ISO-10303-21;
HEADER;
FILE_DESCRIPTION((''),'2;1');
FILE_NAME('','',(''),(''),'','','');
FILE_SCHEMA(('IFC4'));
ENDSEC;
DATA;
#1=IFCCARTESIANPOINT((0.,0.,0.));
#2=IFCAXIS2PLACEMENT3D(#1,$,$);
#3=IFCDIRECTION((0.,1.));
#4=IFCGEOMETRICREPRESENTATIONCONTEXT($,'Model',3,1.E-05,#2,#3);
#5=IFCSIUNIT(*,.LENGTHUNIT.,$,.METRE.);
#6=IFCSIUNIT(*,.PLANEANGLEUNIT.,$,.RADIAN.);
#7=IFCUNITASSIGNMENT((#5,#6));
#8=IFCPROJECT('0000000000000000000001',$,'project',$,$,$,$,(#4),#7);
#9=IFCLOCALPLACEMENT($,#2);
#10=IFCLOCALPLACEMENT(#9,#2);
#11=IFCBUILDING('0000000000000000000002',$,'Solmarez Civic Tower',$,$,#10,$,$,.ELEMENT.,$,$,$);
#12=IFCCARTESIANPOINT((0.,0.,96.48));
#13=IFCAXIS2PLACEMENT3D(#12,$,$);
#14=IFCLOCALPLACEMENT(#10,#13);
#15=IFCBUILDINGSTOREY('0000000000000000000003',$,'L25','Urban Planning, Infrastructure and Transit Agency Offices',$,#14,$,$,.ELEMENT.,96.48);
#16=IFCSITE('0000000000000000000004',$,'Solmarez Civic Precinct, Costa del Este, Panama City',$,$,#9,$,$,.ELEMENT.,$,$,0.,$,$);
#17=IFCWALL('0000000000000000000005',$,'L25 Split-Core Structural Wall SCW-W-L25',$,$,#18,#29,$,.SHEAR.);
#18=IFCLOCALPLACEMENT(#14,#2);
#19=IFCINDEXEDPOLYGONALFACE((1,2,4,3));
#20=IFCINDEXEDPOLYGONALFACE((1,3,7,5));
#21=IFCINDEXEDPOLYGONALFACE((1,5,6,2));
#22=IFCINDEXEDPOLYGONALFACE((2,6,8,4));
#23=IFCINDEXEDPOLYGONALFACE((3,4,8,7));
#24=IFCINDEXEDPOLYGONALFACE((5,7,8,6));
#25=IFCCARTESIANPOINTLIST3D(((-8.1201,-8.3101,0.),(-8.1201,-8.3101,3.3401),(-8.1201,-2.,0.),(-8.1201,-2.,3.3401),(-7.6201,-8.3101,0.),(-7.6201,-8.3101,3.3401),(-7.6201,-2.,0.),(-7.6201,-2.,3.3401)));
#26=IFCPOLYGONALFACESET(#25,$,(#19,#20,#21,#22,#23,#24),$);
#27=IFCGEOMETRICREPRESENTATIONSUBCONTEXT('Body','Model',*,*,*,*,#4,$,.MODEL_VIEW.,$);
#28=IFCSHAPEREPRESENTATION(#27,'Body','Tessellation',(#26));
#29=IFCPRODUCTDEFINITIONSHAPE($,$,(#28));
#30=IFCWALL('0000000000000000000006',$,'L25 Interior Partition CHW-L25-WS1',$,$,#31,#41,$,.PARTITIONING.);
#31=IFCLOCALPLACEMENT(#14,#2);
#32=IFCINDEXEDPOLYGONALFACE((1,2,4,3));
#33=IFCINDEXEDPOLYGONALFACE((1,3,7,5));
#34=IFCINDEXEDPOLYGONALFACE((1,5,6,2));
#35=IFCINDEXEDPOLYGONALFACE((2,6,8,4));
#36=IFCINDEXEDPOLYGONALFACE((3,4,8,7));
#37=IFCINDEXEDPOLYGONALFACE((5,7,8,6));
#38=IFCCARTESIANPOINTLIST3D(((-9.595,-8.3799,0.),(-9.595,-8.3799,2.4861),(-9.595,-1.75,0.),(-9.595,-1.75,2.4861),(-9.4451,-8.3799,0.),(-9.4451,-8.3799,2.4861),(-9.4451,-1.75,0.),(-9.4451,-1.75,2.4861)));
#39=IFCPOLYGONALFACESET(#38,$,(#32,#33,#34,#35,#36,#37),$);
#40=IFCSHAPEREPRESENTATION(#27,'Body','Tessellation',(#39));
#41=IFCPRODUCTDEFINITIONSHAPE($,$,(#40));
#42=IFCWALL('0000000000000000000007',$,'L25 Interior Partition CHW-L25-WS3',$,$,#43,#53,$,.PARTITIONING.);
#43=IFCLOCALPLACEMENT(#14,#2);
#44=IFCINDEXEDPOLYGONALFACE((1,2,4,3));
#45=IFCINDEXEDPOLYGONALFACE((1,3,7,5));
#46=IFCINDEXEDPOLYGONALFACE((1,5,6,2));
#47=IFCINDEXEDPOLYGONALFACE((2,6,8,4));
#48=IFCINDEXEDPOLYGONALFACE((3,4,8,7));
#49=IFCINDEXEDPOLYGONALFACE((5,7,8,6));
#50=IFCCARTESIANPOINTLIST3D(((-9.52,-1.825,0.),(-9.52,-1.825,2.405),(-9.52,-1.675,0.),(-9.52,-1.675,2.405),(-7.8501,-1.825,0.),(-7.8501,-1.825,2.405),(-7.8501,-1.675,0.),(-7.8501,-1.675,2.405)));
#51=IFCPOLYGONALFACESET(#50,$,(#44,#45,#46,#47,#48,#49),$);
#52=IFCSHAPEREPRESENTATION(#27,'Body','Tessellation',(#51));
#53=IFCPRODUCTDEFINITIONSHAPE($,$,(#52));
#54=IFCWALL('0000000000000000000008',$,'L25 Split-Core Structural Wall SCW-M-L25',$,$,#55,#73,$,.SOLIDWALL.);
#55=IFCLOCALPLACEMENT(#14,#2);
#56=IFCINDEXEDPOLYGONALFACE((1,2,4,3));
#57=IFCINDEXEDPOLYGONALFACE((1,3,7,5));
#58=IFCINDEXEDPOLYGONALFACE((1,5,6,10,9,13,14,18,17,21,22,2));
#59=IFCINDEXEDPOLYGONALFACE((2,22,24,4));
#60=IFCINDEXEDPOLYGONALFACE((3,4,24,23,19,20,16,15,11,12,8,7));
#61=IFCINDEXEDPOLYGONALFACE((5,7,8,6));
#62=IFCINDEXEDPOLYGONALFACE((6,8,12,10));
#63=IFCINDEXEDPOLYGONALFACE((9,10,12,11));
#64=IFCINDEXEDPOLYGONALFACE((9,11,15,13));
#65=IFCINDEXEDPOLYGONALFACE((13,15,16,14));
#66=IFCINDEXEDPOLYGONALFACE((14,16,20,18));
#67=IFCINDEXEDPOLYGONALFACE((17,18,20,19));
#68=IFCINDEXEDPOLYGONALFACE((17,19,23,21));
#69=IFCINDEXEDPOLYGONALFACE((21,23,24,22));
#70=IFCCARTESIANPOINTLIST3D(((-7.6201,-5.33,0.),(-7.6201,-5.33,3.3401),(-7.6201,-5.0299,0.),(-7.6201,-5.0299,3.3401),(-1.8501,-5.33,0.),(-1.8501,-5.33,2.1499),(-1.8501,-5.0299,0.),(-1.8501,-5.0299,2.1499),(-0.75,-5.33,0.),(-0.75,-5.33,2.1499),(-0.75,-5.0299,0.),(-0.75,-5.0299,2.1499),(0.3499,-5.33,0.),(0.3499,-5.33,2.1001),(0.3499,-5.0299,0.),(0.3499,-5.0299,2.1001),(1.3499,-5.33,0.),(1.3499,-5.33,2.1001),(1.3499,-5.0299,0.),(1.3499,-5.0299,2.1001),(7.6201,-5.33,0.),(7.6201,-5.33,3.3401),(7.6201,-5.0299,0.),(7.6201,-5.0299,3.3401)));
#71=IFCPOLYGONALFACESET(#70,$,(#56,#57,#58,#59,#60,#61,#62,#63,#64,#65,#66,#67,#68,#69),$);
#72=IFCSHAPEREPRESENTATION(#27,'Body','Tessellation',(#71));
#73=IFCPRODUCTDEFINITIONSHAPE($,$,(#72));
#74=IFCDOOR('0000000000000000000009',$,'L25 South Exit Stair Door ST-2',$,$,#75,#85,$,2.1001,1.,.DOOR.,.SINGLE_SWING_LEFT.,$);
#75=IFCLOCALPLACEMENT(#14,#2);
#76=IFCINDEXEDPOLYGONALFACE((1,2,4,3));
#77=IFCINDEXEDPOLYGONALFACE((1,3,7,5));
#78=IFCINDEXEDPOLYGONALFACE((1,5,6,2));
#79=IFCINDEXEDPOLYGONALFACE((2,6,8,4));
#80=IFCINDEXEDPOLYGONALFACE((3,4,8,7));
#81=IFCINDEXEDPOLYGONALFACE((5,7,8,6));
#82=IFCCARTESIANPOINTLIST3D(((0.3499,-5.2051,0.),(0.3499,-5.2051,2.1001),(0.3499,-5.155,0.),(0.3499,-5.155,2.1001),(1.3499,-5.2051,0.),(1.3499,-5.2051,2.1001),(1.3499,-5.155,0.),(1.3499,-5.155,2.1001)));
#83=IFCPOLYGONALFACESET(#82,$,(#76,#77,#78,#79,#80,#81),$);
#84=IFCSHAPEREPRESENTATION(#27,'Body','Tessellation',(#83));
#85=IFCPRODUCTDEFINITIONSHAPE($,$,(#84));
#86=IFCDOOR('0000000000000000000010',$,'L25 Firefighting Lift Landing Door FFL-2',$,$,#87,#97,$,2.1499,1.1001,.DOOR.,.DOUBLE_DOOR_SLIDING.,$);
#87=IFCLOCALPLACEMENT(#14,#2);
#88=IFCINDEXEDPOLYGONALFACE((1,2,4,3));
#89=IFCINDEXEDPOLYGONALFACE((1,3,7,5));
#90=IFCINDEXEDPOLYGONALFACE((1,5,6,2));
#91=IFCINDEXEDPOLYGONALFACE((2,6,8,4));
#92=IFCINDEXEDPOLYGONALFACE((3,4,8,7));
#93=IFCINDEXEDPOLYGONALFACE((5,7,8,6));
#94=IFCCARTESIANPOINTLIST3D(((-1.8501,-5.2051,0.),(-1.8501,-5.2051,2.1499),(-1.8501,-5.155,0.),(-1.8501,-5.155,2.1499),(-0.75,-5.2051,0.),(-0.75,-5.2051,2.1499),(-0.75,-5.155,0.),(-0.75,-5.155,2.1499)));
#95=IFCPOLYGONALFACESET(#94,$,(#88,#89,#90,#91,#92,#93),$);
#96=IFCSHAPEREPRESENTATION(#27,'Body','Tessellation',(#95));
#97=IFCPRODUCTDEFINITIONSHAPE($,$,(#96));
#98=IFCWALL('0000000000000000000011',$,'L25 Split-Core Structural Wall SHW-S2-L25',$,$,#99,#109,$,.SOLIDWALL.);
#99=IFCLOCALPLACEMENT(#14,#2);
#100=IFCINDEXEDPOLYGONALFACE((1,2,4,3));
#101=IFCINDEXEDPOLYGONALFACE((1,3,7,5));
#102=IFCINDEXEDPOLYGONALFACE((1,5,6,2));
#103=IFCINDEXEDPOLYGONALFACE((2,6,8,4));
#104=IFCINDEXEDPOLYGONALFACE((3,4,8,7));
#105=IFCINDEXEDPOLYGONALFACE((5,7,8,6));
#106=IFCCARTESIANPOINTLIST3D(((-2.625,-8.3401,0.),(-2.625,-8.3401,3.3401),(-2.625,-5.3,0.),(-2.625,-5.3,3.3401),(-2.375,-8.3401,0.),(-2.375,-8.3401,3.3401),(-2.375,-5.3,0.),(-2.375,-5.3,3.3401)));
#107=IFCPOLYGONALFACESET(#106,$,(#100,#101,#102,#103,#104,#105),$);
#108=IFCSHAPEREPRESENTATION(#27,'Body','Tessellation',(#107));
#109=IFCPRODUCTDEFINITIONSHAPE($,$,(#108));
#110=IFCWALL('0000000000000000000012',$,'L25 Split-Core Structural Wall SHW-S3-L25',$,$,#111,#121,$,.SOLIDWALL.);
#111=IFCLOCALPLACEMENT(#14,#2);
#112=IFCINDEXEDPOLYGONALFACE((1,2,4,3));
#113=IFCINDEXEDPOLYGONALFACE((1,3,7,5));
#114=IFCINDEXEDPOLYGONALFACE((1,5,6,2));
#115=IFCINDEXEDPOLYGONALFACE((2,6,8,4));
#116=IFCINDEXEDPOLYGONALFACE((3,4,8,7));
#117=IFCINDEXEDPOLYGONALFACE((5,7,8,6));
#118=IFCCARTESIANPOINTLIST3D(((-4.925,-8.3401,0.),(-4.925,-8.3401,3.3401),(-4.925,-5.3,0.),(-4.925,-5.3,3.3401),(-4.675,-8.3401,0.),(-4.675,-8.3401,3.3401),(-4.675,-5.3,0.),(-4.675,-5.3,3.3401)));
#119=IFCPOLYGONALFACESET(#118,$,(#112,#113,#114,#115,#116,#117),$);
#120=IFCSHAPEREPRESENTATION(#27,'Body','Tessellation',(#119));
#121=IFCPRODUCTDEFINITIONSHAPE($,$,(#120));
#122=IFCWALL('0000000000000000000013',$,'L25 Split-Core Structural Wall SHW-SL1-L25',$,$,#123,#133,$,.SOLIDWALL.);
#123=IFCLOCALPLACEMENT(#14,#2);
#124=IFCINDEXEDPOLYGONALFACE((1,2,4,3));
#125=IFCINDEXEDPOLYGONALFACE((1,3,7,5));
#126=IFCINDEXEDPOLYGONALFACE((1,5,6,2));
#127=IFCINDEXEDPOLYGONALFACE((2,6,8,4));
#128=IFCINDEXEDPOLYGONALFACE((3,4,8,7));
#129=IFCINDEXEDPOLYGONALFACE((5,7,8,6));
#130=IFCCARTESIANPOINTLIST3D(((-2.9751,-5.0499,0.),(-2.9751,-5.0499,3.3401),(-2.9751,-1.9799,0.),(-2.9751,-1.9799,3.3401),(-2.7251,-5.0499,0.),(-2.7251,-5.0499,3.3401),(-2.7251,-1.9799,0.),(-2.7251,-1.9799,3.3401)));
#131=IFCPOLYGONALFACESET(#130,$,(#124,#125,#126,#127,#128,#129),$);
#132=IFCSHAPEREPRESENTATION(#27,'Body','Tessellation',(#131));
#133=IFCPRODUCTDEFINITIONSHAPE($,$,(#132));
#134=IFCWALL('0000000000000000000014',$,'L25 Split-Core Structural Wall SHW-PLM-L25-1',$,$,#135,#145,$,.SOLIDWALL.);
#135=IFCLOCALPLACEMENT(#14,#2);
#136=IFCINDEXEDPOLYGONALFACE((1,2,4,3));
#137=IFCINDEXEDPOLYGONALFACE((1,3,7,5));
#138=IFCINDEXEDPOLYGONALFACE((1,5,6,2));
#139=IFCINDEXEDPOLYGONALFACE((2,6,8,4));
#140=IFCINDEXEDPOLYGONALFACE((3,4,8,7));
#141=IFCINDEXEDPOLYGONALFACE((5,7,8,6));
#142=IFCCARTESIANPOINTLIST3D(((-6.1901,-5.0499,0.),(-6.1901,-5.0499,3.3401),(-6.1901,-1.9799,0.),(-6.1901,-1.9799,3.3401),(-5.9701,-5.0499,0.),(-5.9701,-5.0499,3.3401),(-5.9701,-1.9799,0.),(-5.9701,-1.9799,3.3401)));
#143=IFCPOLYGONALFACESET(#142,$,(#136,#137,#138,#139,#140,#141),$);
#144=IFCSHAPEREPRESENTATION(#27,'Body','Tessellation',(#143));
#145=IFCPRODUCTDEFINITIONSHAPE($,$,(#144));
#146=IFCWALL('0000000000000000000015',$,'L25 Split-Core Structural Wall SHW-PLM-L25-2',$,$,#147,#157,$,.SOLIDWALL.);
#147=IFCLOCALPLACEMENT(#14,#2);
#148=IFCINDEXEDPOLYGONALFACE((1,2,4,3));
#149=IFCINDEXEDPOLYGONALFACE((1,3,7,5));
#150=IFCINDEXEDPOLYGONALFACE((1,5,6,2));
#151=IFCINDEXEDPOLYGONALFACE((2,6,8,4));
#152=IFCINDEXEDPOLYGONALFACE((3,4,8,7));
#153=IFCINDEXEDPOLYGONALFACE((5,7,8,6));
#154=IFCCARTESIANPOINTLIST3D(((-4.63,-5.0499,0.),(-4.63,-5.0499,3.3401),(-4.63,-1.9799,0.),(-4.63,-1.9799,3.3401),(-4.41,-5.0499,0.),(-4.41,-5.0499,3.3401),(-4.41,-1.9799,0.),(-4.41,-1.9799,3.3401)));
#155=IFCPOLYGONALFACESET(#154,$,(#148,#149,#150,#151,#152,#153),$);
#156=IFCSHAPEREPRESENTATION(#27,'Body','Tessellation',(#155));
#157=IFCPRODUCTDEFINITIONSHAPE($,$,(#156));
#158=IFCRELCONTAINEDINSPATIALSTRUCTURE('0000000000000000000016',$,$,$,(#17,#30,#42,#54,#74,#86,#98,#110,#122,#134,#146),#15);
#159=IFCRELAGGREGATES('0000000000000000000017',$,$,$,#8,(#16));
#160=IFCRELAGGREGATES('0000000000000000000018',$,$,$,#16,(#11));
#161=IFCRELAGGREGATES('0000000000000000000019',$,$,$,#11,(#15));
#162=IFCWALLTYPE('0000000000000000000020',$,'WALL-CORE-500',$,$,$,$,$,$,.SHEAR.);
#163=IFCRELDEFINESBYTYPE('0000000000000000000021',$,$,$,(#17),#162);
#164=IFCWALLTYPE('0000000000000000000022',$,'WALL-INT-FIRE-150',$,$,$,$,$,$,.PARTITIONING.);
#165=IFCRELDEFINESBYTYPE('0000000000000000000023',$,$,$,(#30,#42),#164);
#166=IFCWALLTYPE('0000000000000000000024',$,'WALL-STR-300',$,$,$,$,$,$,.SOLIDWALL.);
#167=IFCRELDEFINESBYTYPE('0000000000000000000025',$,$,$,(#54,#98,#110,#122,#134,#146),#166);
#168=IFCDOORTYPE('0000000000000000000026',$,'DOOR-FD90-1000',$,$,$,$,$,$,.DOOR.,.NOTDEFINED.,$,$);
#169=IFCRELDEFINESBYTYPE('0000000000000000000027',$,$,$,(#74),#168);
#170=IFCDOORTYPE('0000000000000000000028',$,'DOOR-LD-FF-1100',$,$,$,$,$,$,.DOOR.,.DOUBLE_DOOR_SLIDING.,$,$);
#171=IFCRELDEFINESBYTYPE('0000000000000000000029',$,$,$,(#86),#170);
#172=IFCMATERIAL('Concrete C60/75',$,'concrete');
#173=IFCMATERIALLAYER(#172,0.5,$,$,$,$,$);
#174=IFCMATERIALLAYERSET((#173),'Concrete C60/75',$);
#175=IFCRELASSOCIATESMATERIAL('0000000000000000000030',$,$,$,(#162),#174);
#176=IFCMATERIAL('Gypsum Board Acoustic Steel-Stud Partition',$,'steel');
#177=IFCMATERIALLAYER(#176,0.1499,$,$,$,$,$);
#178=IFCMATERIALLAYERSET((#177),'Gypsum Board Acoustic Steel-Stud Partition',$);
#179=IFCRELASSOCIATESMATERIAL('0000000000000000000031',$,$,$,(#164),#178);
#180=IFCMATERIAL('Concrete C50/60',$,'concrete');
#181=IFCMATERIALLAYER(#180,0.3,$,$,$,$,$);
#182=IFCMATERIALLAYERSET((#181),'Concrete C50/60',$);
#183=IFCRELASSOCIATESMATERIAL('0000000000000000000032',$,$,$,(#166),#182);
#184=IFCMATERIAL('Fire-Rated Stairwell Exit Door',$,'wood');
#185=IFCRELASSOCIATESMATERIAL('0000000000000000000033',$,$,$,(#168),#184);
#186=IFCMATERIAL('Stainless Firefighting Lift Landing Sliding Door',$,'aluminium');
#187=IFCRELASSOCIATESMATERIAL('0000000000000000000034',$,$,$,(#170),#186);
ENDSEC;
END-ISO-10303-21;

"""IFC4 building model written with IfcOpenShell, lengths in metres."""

from ifc_helpers import new_model, si_unit, direction, frame, frame_2d, origin, place, context, subcontext, project, spatial, rectangle, extrude, material, layer, layer_set, type_object, element, fill, save


model = new_model("IFC4")

# Units and contexts
model_context = context("Model", 3, precision=1e-05, world=origin(), true_north=direction((0.0, 1.0)))
body_context = subcontext(model_context, "Body", "Model", "MODEL_VIEW")
ifc_project = project(units=[si_unit("LENGTHUNIT", "METRE"), si_unit("PLANEANGLEUNIT", "RADIAN")], contexts=[model_context])

# Site, building, storey
site_placement = place(None, origin())
site = spatial("IfcSite", under=ifc_project, at=site_placement, Name="Solmarez Civic Precinct, Costa del Este, Panama City", CompositionType="ELEMENT", RefElevation=0.0)
building_placement = place(site_placement, origin())
building = spatial("IfcBuilding", under=site, at=building_placement, Name="Solmarez Civic Tower", CompositionType="ELEMENT")
storey_placement = place(building_placement, frame((0.0, 0.0, 96.48)))
storey = spatial("IfcBuildingStorey", under=building, at=storey_placement, Name="L25", Description="Urban Planning, Infrastructure and Transit Agency Offices", CompositionType="ELEMENT", Elevation=96.48)

# Shared definitions
ifc_material_1 = material(Name="Concrete C60/75", Category="concrete")

# Shared definitions
ifc_layer_1 = layer(ifc_material_1, 0.5)
ifc_layer_set_1 = layer_set([ifc_layer_1], Name="Concrete C60/75")
wall_type_1 = type_object("IfcWallType", Name="WALL-CORE-500", PredefinedType="SHEAR", material=ifc_layer_set_1)

# Walls
wall_1_placement = place(storey_placement, frame((-7.8701, -8.3101, 0.0), z_axis=(0.0, 0.0, 1.0), x_axis=(0.0, 1.0, 0.0)))
element("IfcWall", 1, at=wall_1_placement, inside=storey, type_object=wall_type_1, Name="L25 Split-Core Structural Wall SCW-W-L25", PredefinedType="SHEAR", context=body_context, shape_type="SweptSolid", body=[
    extrude(rectangle(XDim=6.3101, YDim=0.5, at=frame_2d((3.155, 0.0))), origin(), (0.0, 0.0, 1.0), 3.3401),
])
ifc_material_2 = material(Name="Gypsum Board Acoustic Steel-Stud Partition", Category="steel")
ifc_layer_2 = layer(ifc_material_2, 0.1499)
ifc_layer_set_2 = layer_set([ifc_layer_2], Name="Gypsum Board Acoustic Steel-Stud Partition")
wall_type_2 = type_object("IfcWallType", Name="WALL-INT-FIRE-150", PredefinedType="PARTITIONING", material=ifc_layer_set_2)
wall_2_placement = place(storey_placement, frame((-9.52, -8.3799, 0.0), z_axis=(0.0, 0.0, 1.0), x_axis=(0.0, 1.0, 0.0)))
element("IfcWall", 2, at=wall_2_placement, inside=storey, type_object=wall_type_2, Name="L25 Interior Partition CHW-L25-WS1", PredefinedType="PARTITIONING", context=body_context, shape_type="SweptSolid", body=[
    extrude(rectangle(XDim=6.6299, YDim=0.1499, at=frame_2d((3.3149, 0.0))), origin(), (0.0, 0.0, 1.0), 2.4861),
])
wall_3_placement = place(storey_placement, frame((-7.8501, -1.75, 0.0), z_axis=(0.0, 0.0, 1.0), x_axis=(-1.0, 0.0, 0.0)))
element("IfcWall", 3, at=wall_3_placement, inside=storey, type_object=wall_type_2, Name="L25 Interior Partition CHW-L25-WS3", PredefinedType="PARTITIONING", context=body_context, shape_type="SweptSolid", body=[
    extrude(rectangle(XDim=1.6699, YDim=0.1499, at=frame_2d((0.835, 0.0))), origin(), (0.0, 0.0, 1.0), 2.405),
])

# Wall, openings, doors
ifc_material_3 = material(Name="Concrete C50/60", Category="concrete")
ifc_layer_3 = layer(ifc_material_3, 0.3)
ifc_layer_set_3 = layer_set([ifc_layer_3], Name="Concrete C50/60")
wall_type_3 = type_object("IfcWallType", Name="WALL-STR-300", PredefinedType="SOLIDWALL", material=ifc_layer_set_3)
wall_4_placement = place(storey_placement, frame((-7.6201, -5.1799, 0.0), z_axis=(0.0, 0.0, 1.0), x_axis=(1.0, 0.0, 0.0)))
wall_4 = element("IfcWall", 4, at=wall_4_placement, inside=storey, type_object=wall_type_3, Name="L25 Split-Core Structural Wall SCW-M-L25", PredefinedType="SOLIDWALL", context=body_context, shape_type="SweptSolid", body=[
    extrude(rectangle(XDim=15.2402, YDim=0.3, at=frame_2d((7.6201, 0.0))), origin(), (0.0, 0.0, 1.0), 3.3401),
])
opening_1_placement = place(wall_4_placement, frame((5.77, 0.0, 0.0)))
opening_1 = element("IfcOpeningElement", 5, at=opening_1_placement, cuts=wall_4, PredefinedType="OPENING", context=body_context, shape_type="SweptSolid", body=[
    extrude(rectangle(XDim=1.1001, YDim=2.1499, at=frame_2d((0.55, 1.075))), frame((0.0, 0.1599, 0.0), z_axis=(0.0, -1.0, 0.0), x_axis=(1.0, 0.0, 0.0)), (0.0, 0.0, 1.0), 0.3201),
])
opening_2_placement = place(wall_4_placement, frame((7.97, 0.0, 0.0)))
opening_2 = element("IfcOpeningElement", 6, at=opening_2_placement, cuts=wall_4, PredefinedType="OPENING", context=body_context, shape_type="SweptSolid", body=[
    extrude(rectangle(XDim=1.0, YDim=2.1001, at=frame_2d((0.5, 1.05))), frame((0.0, 0.1599, 0.0), z_axis=(0.0, -1.0, 0.0), x_axis=(1.0, 0.0, 0.0)), (0.0, 0.0, 1.0), 0.3201),
])
ifc_material_4 = material(Name="Fire-Rated Stairwell Exit Door", Category="wood")
door_type_1 = type_object("IfcDoorType", Name="DOOR-FD90-1000", OperationType="NOTDEFINED", PredefinedType="DOOR", material=ifc_material_4)
door_1_placement = place(opening_2_placement, origin())
door_1 = element("IfcDoor", 7, at=door_1_placement, inside=storey, type_object=door_type_1, Name="L25 South Exit Stair Door ST-2", OperationType="SINGLE_SWING_LEFT", OverallHeight=2.1001, OverallWidth=1.0, PredefinedType="DOOR", context=body_context, shape_type="SweptSolid", body=[
    extrude(rectangle(XDim=1.0, YDim=2.1001, at=frame_2d((0.5, 1.05))), frame((0.0, 0.0249, 0.0), z_axis=(0.0, -1.0, 0.0), x_axis=(1.0, 0.0, 0.0)), (0.0, 0.0, 1.0), 0.05),
])
fill(opening_2, door_1)
ifc_material_5 = material(Name="Stainless Firefighting Lift Landing Sliding Door", Category="aluminium")
door_type_2 = type_object("IfcDoorType", Name="DOOR-LD-FF-1100", OperationType="DOUBLE_DOOR_SLIDING", PredefinedType="DOOR", material=ifc_material_5)
door_2_placement = place(opening_1_placement, origin())
door_2 = element("IfcDoor", 8, at=door_2_placement, inside=storey, type_object=door_type_2, Name="L25 Firefighting Lift Landing Door FFL-2", OperationType="DOUBLE_DOOR_SLIDING", OverallHeight=2.1499, OverallWidth=1.1001, PredefinedType="DOOR", context=body_context, shape_type="SweptSolid", body=[
    extrude(rectangle(XDim=1.1001, YDim=2.1499, at=frame_2d((0.55, 1.075))), frame((0.0, 0.0249, 0.0), z_axis=(0.0, -1.0, 0.0), x_axis=(1.0, 0.0, 0.0)), (0.0, 0.0, 1.0), 0.05),
])
fill(opening_1, door_2)

# Walls
for number, where, z_axis, x_axis, name in (
    (9, (-2.5, -8.3401, 0.0), (0.0, 0.0, 1.0), (0.0, 1.0, 0.0), "L25 Split-Core Structural Wall SHW-S2-L25"),
    (10, (-4.8, -8.3401, 0.0), (0.0, 0.0, 1.0), (0.0, 1.0, 0.0), "L25 Split-Core Structural Wall SHW-S3-L25"),
):
    element("IfcWall", number, at=place(storey_placement, frame(where, z_axis=z_axis, x_axis=x_axis)), inside=storey, type_object=wall_type_3, Name=name, PredefinedType="SOLIDWALL", context=body_context, shape_type="SweptSolid", body=[
        extrude(rectangle(XDim=3.04, YDim=0.25, at=frame_2d((1.52, 0.0))), origin(), (0.0, 0.0, 1.0), 3.3401),
    ])
wall_5_placement = place(storey_placement, frame((-2.8501, -5.05, 0.0), z_axis=(0.0, 0.0, 1.0), x_axis=(0.0, 1.0, 0.0)))
element("IfcWall", 11, at=wall_5_placement, inside=storey, type_object=wall_type_3, Name="L25 Split-Core Structural Wall SHW-SL1-L25", PredefinedType="SOLIDWALL", context=body_context, shape_type="SweptSolid", body=[
    extrude(rectangle(XDim=3.0701, YDim=0.25, at=frame_2d((1.5352, 0.0))), origin(), (0.0, 0.0, 1.0), 3.3401),
])
for number, where, z_axis, x_axis, name in (
    (12, (-6.0801, -5.05, 0.0), (0.0, 0.0, 1.0), (0.0, 1.0, 0.0), "L25 Split-Core Structural Wall SHW-PLM-L25-1"),
    (13, (-4.52, -5.05, 0.0), (0.0, 0.0, 1.0), (0.0, 1.0, 0.0), "L25 Split-Core Structural Wall SHW-PLM-L25-2"),
):
    element("IfcWall", number, at=place(storey_placement, frame(where, z_axis=z_axis, x_axis=x_axis)), inside=storey, type_object=wall_type_3, Name=name, PredefinedType="SOLIDWALL", context=body_context, shape_type="SweptSolid", body=[
        extrude(rectangle(XDim=3.0701, YDim=0.22, at=frame_2d((1.5352, 0.0))), origin(), (0.0, 0.0, 1.0), 3.3401),
    ])

save(model, "model.ifc")
